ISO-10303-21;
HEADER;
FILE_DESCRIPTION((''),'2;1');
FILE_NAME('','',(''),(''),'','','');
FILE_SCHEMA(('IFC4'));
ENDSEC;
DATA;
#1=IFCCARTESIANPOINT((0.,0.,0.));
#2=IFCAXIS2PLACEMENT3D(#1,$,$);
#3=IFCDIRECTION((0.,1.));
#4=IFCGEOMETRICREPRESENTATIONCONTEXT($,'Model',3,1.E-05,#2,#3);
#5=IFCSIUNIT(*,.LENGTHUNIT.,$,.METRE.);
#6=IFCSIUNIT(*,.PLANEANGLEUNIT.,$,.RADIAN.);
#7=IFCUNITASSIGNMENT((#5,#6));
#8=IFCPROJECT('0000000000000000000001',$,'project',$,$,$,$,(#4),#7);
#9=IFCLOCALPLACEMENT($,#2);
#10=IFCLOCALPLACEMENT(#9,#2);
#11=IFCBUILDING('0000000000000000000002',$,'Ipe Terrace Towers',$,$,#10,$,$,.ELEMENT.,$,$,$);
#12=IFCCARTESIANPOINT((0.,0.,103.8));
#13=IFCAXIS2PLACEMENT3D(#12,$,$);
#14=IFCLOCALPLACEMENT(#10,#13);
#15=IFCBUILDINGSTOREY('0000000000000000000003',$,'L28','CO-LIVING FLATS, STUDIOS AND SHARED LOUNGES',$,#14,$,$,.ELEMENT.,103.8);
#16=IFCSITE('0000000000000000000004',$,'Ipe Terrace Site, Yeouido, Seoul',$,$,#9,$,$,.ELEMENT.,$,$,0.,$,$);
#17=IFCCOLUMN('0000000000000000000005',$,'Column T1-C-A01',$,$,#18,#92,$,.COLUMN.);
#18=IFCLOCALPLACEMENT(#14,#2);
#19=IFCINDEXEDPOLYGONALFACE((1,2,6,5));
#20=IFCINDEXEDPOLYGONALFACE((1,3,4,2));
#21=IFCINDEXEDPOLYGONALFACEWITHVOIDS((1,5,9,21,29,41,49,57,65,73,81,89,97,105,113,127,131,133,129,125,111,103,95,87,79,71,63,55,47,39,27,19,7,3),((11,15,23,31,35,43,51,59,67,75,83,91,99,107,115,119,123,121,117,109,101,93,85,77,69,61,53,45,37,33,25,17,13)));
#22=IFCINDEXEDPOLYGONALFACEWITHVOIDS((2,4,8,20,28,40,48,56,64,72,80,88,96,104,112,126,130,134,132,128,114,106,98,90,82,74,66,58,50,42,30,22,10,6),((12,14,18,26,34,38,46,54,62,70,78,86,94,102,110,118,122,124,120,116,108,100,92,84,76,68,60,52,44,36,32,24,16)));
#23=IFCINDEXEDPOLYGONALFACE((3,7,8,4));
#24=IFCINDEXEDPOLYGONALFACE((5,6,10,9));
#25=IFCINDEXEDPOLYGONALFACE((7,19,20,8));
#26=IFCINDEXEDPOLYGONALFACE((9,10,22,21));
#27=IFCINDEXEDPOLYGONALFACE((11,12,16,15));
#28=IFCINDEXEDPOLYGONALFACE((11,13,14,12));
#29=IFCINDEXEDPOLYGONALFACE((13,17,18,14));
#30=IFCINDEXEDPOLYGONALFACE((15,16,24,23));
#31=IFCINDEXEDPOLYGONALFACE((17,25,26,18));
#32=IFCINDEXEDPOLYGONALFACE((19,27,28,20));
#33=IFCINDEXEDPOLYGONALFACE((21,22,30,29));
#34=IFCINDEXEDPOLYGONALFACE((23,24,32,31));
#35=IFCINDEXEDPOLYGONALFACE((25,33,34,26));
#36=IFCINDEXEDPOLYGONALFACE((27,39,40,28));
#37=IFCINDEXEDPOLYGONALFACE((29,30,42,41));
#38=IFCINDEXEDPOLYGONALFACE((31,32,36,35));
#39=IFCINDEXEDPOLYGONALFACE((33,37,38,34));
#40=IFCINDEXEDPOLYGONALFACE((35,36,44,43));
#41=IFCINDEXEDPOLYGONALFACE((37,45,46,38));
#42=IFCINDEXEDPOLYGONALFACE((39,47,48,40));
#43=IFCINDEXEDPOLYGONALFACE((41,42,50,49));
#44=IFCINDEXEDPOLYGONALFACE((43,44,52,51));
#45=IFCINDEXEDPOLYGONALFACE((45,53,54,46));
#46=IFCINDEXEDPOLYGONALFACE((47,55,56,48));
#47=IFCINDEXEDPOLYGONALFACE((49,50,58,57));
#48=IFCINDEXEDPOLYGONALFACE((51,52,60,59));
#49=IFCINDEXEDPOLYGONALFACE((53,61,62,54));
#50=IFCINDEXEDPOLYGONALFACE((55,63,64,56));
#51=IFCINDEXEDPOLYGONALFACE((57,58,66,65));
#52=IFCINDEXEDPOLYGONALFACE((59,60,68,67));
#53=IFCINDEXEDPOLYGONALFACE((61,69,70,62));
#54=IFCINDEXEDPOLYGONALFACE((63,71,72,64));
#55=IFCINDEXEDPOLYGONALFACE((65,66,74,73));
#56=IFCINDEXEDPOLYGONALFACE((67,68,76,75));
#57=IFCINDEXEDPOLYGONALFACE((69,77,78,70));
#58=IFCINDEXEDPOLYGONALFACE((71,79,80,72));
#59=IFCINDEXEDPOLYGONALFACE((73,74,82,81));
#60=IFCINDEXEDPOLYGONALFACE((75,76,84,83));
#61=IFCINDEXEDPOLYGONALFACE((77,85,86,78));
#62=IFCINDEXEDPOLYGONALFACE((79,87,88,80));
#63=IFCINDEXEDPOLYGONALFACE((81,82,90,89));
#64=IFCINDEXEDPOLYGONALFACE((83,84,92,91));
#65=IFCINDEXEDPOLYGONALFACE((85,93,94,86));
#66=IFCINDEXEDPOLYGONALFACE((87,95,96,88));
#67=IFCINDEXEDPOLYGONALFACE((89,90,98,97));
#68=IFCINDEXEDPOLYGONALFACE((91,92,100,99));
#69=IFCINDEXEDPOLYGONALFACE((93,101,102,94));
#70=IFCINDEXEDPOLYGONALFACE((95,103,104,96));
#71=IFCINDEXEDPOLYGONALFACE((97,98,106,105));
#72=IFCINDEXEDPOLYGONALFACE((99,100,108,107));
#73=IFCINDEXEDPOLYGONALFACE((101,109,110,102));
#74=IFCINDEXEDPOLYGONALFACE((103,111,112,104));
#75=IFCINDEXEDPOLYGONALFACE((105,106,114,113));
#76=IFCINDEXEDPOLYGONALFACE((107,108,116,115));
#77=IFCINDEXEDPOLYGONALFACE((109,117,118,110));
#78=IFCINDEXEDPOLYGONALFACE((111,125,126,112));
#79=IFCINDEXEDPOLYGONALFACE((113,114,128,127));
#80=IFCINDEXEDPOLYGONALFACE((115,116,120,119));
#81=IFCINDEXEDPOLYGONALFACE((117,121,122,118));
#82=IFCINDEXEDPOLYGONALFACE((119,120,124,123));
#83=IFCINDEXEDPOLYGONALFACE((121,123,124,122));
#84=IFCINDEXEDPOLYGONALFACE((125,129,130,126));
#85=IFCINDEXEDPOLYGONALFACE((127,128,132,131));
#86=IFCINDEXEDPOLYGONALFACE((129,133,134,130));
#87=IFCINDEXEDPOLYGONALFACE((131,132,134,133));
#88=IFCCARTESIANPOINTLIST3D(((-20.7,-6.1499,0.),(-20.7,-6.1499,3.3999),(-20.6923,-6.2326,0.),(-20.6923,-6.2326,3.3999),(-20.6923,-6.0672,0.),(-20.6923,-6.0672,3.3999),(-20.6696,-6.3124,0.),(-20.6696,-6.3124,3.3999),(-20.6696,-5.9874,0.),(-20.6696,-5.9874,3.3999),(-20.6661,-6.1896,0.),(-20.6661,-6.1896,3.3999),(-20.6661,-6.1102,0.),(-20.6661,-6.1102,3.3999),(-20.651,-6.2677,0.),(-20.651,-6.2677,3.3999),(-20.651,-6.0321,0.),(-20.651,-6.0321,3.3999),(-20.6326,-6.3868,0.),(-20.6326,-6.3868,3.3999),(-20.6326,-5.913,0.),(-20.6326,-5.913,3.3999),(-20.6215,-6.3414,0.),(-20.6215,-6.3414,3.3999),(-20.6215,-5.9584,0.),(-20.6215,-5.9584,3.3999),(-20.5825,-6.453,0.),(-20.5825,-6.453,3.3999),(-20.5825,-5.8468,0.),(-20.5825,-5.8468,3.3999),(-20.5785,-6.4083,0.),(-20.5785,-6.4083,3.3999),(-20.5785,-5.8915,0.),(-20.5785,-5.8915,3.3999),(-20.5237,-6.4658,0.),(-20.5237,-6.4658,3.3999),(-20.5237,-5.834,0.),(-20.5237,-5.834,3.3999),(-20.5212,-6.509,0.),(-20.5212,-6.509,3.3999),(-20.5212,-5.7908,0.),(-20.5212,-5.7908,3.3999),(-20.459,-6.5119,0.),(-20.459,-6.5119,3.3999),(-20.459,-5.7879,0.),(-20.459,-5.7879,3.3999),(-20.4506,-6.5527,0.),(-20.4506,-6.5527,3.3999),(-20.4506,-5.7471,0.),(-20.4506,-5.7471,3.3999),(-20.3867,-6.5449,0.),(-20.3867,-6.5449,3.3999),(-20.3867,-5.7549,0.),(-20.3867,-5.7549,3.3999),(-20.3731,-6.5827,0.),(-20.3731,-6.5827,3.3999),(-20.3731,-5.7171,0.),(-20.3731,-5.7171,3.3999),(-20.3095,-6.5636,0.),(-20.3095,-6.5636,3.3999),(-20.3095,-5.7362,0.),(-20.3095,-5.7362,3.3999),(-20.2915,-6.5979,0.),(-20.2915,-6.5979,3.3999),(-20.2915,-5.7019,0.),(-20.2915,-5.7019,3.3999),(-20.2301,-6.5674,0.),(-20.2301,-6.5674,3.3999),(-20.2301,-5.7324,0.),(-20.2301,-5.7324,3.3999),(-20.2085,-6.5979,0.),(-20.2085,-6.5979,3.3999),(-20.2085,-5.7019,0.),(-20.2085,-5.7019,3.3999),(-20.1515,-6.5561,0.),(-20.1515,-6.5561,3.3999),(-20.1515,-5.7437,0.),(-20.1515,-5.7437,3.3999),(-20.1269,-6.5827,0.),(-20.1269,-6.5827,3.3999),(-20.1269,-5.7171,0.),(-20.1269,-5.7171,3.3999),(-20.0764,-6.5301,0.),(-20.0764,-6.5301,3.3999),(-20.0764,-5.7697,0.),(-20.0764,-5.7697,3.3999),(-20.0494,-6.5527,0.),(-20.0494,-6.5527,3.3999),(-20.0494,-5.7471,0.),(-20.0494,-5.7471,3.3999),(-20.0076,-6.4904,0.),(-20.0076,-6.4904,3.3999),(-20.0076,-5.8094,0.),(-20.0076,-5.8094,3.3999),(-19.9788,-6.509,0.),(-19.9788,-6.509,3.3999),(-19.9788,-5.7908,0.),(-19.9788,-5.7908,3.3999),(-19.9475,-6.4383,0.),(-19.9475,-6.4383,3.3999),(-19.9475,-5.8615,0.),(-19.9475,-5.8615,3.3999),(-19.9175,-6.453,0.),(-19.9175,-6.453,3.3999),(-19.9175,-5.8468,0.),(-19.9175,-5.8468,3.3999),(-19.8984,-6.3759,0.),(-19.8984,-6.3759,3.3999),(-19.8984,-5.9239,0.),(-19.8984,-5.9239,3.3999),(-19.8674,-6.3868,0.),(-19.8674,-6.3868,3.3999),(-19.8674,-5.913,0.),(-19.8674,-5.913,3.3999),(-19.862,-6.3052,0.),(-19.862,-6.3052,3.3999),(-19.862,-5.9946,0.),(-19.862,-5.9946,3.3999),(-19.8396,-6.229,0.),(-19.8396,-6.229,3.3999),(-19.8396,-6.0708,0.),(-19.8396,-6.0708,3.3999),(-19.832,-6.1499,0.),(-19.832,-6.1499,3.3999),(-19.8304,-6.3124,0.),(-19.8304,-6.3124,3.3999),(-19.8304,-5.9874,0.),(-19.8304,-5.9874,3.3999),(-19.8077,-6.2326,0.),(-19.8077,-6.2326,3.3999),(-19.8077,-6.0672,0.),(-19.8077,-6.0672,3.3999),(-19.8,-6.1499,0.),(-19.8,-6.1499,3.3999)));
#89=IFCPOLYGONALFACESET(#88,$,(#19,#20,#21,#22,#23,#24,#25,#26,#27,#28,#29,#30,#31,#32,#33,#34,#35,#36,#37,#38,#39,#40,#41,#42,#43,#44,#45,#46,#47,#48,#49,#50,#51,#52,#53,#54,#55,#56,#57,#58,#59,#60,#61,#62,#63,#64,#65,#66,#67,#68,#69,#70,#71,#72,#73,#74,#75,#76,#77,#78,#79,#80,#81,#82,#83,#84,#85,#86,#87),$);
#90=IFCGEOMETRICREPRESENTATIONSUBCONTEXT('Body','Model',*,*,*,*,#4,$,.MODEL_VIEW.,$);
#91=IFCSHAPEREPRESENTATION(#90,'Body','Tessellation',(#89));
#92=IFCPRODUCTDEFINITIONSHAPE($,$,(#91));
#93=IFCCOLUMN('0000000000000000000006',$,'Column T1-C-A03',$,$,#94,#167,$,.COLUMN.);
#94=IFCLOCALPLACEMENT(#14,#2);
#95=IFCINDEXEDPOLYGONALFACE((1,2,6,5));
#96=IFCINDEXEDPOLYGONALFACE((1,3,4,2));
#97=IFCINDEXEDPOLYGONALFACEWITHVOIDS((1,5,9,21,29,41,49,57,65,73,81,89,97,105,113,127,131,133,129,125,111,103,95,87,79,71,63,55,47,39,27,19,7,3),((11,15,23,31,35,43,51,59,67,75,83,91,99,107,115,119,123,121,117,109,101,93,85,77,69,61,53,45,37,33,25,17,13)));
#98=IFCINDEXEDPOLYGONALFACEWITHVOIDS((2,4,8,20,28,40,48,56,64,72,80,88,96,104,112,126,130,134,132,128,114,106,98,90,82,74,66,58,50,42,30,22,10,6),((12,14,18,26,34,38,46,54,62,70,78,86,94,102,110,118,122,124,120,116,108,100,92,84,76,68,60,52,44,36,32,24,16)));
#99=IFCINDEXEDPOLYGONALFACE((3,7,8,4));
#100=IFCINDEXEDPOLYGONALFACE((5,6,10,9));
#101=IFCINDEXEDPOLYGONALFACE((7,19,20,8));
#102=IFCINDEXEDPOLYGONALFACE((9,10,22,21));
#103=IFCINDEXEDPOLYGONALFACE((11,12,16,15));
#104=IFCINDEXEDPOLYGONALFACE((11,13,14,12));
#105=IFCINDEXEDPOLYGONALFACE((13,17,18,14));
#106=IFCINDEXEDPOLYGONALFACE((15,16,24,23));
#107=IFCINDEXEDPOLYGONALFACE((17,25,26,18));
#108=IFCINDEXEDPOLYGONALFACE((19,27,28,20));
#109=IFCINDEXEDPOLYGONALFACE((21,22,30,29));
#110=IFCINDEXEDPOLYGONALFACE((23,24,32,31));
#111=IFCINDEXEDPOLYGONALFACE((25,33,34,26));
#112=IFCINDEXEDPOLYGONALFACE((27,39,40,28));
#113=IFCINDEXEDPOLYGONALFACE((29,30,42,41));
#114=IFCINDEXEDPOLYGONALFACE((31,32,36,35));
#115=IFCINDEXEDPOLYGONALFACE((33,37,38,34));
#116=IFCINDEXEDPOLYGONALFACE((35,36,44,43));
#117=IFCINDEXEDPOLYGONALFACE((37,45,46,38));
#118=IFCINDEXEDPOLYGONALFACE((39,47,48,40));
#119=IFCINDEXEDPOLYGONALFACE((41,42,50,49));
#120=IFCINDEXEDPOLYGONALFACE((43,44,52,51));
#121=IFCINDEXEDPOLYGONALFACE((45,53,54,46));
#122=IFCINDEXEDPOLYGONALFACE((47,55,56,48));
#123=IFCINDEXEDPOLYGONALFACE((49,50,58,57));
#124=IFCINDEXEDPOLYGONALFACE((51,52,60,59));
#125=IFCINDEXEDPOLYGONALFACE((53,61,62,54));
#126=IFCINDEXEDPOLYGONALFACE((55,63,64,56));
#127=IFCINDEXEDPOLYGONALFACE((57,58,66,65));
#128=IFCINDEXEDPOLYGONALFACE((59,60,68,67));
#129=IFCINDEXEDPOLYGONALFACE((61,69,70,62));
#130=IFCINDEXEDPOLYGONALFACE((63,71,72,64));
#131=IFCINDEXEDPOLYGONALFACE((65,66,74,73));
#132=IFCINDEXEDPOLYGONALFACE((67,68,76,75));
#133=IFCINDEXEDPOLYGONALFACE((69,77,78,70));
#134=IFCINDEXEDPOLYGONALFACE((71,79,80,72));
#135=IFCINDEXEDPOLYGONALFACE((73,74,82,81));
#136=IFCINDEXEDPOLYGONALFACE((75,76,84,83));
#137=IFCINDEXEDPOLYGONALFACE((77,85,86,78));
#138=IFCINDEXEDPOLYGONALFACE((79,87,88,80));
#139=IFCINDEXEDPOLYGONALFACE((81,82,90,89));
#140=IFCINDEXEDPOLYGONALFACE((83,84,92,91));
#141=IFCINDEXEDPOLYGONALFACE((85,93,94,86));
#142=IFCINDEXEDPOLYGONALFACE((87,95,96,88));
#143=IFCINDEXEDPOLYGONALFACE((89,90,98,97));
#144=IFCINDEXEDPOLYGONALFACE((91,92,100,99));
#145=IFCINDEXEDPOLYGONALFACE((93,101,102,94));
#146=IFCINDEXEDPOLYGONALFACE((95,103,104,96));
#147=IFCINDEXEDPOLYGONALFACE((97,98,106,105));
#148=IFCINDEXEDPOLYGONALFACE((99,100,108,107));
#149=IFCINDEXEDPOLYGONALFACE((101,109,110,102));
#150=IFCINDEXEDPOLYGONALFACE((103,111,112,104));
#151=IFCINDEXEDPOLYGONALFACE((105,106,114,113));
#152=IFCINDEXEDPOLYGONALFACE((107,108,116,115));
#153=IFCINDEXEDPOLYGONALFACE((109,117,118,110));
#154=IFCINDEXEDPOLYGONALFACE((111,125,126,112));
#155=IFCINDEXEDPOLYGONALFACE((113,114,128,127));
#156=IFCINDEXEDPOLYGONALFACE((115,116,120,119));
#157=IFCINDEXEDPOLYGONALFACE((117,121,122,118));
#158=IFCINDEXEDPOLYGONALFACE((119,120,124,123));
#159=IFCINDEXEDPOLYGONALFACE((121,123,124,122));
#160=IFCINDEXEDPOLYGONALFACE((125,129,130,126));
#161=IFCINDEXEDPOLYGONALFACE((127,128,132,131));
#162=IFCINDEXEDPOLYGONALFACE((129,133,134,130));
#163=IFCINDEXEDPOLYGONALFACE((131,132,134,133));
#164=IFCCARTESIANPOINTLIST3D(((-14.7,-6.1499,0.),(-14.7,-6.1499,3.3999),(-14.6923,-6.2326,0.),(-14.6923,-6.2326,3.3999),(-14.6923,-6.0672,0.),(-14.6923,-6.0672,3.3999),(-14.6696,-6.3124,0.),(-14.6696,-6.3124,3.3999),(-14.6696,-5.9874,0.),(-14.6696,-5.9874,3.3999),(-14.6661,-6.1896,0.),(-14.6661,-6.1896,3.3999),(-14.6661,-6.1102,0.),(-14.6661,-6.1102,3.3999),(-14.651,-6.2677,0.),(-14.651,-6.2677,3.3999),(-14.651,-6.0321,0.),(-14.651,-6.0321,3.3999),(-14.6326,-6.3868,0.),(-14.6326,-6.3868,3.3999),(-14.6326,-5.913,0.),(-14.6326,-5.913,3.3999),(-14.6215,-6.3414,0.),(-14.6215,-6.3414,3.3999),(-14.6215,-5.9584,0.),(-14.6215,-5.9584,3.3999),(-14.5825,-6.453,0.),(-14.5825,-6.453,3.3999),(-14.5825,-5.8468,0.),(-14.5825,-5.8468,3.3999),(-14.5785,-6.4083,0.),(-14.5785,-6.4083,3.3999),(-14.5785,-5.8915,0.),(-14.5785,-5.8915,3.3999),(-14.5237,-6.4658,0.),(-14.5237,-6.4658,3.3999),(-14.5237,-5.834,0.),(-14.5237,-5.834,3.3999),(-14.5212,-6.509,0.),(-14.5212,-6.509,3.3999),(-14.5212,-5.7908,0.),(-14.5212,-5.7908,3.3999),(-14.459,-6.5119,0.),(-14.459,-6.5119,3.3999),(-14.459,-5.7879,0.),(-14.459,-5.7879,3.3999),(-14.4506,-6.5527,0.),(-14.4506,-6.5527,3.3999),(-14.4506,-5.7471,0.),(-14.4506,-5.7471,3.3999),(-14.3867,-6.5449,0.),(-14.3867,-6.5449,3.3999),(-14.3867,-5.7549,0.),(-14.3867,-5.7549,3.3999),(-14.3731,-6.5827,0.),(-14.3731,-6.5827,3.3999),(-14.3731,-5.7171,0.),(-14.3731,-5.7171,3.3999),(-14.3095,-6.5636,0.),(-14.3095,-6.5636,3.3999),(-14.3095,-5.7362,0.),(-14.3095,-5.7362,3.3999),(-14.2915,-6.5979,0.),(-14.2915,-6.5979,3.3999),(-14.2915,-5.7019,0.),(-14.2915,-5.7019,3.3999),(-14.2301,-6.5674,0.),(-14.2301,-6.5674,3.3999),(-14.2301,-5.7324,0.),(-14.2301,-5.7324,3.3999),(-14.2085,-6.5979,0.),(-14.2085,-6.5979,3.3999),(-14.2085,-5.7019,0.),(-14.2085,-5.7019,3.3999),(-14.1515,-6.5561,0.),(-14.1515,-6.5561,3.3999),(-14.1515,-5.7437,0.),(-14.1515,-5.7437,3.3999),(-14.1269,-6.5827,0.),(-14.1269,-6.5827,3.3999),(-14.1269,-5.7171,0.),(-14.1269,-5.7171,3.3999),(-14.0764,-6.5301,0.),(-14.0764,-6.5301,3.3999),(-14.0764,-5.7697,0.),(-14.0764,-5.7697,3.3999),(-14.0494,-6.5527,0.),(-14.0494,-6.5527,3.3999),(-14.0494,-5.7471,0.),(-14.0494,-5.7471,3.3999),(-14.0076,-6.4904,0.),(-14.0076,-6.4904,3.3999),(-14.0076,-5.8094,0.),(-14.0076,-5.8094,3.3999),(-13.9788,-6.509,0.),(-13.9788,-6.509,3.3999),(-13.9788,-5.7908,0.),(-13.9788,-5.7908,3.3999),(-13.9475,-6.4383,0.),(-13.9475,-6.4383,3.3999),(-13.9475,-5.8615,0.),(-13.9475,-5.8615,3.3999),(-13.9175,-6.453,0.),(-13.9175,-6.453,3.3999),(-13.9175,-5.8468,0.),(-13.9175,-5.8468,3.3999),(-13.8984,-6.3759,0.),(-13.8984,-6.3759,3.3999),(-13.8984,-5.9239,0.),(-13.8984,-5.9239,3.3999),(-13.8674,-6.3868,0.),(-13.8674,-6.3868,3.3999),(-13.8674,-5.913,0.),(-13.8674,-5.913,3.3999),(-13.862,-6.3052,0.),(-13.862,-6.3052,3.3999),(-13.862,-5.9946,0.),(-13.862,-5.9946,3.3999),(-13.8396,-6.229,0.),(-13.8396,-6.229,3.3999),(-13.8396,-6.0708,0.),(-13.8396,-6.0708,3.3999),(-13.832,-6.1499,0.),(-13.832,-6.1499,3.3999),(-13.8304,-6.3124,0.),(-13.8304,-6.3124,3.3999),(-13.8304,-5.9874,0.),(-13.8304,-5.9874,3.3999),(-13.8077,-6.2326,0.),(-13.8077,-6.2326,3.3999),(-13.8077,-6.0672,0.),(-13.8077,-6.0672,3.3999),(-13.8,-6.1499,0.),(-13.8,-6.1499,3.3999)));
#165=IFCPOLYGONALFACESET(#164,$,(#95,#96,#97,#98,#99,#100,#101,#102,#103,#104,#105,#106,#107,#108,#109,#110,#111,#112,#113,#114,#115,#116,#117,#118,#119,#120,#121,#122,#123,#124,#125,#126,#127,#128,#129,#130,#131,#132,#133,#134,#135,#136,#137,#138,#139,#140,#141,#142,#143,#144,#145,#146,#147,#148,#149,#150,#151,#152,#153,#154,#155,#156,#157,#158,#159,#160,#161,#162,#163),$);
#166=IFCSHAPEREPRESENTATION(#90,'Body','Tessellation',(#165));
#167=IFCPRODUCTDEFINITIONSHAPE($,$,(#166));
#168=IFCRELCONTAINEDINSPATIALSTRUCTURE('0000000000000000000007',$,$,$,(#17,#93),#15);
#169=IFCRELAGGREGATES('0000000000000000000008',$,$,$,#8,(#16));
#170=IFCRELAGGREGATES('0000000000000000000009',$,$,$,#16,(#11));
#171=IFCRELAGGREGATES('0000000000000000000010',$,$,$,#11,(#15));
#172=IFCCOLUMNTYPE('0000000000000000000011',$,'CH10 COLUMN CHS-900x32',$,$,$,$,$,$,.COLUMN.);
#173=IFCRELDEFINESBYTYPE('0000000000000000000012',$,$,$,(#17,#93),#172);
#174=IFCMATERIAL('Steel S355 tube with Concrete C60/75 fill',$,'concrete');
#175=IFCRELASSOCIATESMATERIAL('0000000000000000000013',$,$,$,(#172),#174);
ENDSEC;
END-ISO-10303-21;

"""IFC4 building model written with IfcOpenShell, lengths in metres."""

from ifc_helpers import new_model, si_unit, direction, frame, origin, origin_2d, place, context, subcontext, project, spatial, hollow_circle, extrude, material, material_profile, profile_set, type_object, element, save


model = new_model("IFC4")

# Units and contexts
model_context = context("Model", 3, precision=1e-05, world=origin(), true_north=direction((0.0, 1.0)))
body_context = subcontext(model_context, "Body", "Model", "MODEL_VIEW")
ifc_project = project(units=[si_unit("LENGTHUNIT", "METRE"), si_unit("PLANEANGLEUNIT", "RADIAN")], contexts=[model_context])

# Site, building, storey
site_placement = place(None, origin())
site = spatial("IfcSite", under=ifc_project, at=site_placement, Name="Ipe Terrace Site, Yeouido, Seoul", CompositionType="ELEMENT", RefElevation=0.0)
building_placement = place(site_placement, origin())
building = spatial("IfcBuilding", under=site, at=building_placement, Name="Ipe Terrace Towers", CompositionType="ELEMENT")
storey_placement = place(building_placement, frame((0.0, 0.0, 103.8)))
storey = spatial("IfcBuildingStorey", under=building, at=storey_placement, Name="L28", Description="CO-LIVING FLATS, STUDIOS AND SHARED LOUNGES", CompositionType="ELEMENT", Elevation=103.8)

# Columns
ifc_material_1 = material(Name="Steel S355 tube with Concrete C60/75 fill", Category="concrete")
ifc_material_profile_1 = material_profile(ifc_material_1, hollow_circle(Radius=0.45, WallThickness=0.032, at=origin_2d()), Name="CHS-900x32")
ifc_profile_set_1 = profile_set([ifc_material_profile_1], Name="Steel S355 tube with Concrete C60/75 fill")
column_type = type_object("IfcColumnType", Name="CH10 COLUMN CHS-900x32", PredefinedType="COLUMN", material=ifc_profile_set_1)
for number, where, z_axis, x_axis, name in (
    (1, (-20.25, -6.1499, 0.0), (0.0, 0.0, 1.0), (1.0, 0.0, 0.0), "Column T1-C-A01"),
    (2, (-14.25, -6.1499, 0.0), (0.0, 0.0, 1.0), (1.0, 0.0, 0.0), "Column T1-C-A03"),
):
    element("IfcColumn", number, at=place(storey_placement, frame(where, z_axis=z_axis, x_axis=x_axis)), inside=storey, type_object=column_type, Name=name, PredefinedType="COLUMN", context=body_context, shape_type="SweptSolid", body=[
        extrude(hollow_circle(Radius=0.45, WallThickness=0.032, at=origin_2d()), origin(), (0.0, 0.0, 1.0), 3.3999),
    ])

save(model, "model.ifc")
